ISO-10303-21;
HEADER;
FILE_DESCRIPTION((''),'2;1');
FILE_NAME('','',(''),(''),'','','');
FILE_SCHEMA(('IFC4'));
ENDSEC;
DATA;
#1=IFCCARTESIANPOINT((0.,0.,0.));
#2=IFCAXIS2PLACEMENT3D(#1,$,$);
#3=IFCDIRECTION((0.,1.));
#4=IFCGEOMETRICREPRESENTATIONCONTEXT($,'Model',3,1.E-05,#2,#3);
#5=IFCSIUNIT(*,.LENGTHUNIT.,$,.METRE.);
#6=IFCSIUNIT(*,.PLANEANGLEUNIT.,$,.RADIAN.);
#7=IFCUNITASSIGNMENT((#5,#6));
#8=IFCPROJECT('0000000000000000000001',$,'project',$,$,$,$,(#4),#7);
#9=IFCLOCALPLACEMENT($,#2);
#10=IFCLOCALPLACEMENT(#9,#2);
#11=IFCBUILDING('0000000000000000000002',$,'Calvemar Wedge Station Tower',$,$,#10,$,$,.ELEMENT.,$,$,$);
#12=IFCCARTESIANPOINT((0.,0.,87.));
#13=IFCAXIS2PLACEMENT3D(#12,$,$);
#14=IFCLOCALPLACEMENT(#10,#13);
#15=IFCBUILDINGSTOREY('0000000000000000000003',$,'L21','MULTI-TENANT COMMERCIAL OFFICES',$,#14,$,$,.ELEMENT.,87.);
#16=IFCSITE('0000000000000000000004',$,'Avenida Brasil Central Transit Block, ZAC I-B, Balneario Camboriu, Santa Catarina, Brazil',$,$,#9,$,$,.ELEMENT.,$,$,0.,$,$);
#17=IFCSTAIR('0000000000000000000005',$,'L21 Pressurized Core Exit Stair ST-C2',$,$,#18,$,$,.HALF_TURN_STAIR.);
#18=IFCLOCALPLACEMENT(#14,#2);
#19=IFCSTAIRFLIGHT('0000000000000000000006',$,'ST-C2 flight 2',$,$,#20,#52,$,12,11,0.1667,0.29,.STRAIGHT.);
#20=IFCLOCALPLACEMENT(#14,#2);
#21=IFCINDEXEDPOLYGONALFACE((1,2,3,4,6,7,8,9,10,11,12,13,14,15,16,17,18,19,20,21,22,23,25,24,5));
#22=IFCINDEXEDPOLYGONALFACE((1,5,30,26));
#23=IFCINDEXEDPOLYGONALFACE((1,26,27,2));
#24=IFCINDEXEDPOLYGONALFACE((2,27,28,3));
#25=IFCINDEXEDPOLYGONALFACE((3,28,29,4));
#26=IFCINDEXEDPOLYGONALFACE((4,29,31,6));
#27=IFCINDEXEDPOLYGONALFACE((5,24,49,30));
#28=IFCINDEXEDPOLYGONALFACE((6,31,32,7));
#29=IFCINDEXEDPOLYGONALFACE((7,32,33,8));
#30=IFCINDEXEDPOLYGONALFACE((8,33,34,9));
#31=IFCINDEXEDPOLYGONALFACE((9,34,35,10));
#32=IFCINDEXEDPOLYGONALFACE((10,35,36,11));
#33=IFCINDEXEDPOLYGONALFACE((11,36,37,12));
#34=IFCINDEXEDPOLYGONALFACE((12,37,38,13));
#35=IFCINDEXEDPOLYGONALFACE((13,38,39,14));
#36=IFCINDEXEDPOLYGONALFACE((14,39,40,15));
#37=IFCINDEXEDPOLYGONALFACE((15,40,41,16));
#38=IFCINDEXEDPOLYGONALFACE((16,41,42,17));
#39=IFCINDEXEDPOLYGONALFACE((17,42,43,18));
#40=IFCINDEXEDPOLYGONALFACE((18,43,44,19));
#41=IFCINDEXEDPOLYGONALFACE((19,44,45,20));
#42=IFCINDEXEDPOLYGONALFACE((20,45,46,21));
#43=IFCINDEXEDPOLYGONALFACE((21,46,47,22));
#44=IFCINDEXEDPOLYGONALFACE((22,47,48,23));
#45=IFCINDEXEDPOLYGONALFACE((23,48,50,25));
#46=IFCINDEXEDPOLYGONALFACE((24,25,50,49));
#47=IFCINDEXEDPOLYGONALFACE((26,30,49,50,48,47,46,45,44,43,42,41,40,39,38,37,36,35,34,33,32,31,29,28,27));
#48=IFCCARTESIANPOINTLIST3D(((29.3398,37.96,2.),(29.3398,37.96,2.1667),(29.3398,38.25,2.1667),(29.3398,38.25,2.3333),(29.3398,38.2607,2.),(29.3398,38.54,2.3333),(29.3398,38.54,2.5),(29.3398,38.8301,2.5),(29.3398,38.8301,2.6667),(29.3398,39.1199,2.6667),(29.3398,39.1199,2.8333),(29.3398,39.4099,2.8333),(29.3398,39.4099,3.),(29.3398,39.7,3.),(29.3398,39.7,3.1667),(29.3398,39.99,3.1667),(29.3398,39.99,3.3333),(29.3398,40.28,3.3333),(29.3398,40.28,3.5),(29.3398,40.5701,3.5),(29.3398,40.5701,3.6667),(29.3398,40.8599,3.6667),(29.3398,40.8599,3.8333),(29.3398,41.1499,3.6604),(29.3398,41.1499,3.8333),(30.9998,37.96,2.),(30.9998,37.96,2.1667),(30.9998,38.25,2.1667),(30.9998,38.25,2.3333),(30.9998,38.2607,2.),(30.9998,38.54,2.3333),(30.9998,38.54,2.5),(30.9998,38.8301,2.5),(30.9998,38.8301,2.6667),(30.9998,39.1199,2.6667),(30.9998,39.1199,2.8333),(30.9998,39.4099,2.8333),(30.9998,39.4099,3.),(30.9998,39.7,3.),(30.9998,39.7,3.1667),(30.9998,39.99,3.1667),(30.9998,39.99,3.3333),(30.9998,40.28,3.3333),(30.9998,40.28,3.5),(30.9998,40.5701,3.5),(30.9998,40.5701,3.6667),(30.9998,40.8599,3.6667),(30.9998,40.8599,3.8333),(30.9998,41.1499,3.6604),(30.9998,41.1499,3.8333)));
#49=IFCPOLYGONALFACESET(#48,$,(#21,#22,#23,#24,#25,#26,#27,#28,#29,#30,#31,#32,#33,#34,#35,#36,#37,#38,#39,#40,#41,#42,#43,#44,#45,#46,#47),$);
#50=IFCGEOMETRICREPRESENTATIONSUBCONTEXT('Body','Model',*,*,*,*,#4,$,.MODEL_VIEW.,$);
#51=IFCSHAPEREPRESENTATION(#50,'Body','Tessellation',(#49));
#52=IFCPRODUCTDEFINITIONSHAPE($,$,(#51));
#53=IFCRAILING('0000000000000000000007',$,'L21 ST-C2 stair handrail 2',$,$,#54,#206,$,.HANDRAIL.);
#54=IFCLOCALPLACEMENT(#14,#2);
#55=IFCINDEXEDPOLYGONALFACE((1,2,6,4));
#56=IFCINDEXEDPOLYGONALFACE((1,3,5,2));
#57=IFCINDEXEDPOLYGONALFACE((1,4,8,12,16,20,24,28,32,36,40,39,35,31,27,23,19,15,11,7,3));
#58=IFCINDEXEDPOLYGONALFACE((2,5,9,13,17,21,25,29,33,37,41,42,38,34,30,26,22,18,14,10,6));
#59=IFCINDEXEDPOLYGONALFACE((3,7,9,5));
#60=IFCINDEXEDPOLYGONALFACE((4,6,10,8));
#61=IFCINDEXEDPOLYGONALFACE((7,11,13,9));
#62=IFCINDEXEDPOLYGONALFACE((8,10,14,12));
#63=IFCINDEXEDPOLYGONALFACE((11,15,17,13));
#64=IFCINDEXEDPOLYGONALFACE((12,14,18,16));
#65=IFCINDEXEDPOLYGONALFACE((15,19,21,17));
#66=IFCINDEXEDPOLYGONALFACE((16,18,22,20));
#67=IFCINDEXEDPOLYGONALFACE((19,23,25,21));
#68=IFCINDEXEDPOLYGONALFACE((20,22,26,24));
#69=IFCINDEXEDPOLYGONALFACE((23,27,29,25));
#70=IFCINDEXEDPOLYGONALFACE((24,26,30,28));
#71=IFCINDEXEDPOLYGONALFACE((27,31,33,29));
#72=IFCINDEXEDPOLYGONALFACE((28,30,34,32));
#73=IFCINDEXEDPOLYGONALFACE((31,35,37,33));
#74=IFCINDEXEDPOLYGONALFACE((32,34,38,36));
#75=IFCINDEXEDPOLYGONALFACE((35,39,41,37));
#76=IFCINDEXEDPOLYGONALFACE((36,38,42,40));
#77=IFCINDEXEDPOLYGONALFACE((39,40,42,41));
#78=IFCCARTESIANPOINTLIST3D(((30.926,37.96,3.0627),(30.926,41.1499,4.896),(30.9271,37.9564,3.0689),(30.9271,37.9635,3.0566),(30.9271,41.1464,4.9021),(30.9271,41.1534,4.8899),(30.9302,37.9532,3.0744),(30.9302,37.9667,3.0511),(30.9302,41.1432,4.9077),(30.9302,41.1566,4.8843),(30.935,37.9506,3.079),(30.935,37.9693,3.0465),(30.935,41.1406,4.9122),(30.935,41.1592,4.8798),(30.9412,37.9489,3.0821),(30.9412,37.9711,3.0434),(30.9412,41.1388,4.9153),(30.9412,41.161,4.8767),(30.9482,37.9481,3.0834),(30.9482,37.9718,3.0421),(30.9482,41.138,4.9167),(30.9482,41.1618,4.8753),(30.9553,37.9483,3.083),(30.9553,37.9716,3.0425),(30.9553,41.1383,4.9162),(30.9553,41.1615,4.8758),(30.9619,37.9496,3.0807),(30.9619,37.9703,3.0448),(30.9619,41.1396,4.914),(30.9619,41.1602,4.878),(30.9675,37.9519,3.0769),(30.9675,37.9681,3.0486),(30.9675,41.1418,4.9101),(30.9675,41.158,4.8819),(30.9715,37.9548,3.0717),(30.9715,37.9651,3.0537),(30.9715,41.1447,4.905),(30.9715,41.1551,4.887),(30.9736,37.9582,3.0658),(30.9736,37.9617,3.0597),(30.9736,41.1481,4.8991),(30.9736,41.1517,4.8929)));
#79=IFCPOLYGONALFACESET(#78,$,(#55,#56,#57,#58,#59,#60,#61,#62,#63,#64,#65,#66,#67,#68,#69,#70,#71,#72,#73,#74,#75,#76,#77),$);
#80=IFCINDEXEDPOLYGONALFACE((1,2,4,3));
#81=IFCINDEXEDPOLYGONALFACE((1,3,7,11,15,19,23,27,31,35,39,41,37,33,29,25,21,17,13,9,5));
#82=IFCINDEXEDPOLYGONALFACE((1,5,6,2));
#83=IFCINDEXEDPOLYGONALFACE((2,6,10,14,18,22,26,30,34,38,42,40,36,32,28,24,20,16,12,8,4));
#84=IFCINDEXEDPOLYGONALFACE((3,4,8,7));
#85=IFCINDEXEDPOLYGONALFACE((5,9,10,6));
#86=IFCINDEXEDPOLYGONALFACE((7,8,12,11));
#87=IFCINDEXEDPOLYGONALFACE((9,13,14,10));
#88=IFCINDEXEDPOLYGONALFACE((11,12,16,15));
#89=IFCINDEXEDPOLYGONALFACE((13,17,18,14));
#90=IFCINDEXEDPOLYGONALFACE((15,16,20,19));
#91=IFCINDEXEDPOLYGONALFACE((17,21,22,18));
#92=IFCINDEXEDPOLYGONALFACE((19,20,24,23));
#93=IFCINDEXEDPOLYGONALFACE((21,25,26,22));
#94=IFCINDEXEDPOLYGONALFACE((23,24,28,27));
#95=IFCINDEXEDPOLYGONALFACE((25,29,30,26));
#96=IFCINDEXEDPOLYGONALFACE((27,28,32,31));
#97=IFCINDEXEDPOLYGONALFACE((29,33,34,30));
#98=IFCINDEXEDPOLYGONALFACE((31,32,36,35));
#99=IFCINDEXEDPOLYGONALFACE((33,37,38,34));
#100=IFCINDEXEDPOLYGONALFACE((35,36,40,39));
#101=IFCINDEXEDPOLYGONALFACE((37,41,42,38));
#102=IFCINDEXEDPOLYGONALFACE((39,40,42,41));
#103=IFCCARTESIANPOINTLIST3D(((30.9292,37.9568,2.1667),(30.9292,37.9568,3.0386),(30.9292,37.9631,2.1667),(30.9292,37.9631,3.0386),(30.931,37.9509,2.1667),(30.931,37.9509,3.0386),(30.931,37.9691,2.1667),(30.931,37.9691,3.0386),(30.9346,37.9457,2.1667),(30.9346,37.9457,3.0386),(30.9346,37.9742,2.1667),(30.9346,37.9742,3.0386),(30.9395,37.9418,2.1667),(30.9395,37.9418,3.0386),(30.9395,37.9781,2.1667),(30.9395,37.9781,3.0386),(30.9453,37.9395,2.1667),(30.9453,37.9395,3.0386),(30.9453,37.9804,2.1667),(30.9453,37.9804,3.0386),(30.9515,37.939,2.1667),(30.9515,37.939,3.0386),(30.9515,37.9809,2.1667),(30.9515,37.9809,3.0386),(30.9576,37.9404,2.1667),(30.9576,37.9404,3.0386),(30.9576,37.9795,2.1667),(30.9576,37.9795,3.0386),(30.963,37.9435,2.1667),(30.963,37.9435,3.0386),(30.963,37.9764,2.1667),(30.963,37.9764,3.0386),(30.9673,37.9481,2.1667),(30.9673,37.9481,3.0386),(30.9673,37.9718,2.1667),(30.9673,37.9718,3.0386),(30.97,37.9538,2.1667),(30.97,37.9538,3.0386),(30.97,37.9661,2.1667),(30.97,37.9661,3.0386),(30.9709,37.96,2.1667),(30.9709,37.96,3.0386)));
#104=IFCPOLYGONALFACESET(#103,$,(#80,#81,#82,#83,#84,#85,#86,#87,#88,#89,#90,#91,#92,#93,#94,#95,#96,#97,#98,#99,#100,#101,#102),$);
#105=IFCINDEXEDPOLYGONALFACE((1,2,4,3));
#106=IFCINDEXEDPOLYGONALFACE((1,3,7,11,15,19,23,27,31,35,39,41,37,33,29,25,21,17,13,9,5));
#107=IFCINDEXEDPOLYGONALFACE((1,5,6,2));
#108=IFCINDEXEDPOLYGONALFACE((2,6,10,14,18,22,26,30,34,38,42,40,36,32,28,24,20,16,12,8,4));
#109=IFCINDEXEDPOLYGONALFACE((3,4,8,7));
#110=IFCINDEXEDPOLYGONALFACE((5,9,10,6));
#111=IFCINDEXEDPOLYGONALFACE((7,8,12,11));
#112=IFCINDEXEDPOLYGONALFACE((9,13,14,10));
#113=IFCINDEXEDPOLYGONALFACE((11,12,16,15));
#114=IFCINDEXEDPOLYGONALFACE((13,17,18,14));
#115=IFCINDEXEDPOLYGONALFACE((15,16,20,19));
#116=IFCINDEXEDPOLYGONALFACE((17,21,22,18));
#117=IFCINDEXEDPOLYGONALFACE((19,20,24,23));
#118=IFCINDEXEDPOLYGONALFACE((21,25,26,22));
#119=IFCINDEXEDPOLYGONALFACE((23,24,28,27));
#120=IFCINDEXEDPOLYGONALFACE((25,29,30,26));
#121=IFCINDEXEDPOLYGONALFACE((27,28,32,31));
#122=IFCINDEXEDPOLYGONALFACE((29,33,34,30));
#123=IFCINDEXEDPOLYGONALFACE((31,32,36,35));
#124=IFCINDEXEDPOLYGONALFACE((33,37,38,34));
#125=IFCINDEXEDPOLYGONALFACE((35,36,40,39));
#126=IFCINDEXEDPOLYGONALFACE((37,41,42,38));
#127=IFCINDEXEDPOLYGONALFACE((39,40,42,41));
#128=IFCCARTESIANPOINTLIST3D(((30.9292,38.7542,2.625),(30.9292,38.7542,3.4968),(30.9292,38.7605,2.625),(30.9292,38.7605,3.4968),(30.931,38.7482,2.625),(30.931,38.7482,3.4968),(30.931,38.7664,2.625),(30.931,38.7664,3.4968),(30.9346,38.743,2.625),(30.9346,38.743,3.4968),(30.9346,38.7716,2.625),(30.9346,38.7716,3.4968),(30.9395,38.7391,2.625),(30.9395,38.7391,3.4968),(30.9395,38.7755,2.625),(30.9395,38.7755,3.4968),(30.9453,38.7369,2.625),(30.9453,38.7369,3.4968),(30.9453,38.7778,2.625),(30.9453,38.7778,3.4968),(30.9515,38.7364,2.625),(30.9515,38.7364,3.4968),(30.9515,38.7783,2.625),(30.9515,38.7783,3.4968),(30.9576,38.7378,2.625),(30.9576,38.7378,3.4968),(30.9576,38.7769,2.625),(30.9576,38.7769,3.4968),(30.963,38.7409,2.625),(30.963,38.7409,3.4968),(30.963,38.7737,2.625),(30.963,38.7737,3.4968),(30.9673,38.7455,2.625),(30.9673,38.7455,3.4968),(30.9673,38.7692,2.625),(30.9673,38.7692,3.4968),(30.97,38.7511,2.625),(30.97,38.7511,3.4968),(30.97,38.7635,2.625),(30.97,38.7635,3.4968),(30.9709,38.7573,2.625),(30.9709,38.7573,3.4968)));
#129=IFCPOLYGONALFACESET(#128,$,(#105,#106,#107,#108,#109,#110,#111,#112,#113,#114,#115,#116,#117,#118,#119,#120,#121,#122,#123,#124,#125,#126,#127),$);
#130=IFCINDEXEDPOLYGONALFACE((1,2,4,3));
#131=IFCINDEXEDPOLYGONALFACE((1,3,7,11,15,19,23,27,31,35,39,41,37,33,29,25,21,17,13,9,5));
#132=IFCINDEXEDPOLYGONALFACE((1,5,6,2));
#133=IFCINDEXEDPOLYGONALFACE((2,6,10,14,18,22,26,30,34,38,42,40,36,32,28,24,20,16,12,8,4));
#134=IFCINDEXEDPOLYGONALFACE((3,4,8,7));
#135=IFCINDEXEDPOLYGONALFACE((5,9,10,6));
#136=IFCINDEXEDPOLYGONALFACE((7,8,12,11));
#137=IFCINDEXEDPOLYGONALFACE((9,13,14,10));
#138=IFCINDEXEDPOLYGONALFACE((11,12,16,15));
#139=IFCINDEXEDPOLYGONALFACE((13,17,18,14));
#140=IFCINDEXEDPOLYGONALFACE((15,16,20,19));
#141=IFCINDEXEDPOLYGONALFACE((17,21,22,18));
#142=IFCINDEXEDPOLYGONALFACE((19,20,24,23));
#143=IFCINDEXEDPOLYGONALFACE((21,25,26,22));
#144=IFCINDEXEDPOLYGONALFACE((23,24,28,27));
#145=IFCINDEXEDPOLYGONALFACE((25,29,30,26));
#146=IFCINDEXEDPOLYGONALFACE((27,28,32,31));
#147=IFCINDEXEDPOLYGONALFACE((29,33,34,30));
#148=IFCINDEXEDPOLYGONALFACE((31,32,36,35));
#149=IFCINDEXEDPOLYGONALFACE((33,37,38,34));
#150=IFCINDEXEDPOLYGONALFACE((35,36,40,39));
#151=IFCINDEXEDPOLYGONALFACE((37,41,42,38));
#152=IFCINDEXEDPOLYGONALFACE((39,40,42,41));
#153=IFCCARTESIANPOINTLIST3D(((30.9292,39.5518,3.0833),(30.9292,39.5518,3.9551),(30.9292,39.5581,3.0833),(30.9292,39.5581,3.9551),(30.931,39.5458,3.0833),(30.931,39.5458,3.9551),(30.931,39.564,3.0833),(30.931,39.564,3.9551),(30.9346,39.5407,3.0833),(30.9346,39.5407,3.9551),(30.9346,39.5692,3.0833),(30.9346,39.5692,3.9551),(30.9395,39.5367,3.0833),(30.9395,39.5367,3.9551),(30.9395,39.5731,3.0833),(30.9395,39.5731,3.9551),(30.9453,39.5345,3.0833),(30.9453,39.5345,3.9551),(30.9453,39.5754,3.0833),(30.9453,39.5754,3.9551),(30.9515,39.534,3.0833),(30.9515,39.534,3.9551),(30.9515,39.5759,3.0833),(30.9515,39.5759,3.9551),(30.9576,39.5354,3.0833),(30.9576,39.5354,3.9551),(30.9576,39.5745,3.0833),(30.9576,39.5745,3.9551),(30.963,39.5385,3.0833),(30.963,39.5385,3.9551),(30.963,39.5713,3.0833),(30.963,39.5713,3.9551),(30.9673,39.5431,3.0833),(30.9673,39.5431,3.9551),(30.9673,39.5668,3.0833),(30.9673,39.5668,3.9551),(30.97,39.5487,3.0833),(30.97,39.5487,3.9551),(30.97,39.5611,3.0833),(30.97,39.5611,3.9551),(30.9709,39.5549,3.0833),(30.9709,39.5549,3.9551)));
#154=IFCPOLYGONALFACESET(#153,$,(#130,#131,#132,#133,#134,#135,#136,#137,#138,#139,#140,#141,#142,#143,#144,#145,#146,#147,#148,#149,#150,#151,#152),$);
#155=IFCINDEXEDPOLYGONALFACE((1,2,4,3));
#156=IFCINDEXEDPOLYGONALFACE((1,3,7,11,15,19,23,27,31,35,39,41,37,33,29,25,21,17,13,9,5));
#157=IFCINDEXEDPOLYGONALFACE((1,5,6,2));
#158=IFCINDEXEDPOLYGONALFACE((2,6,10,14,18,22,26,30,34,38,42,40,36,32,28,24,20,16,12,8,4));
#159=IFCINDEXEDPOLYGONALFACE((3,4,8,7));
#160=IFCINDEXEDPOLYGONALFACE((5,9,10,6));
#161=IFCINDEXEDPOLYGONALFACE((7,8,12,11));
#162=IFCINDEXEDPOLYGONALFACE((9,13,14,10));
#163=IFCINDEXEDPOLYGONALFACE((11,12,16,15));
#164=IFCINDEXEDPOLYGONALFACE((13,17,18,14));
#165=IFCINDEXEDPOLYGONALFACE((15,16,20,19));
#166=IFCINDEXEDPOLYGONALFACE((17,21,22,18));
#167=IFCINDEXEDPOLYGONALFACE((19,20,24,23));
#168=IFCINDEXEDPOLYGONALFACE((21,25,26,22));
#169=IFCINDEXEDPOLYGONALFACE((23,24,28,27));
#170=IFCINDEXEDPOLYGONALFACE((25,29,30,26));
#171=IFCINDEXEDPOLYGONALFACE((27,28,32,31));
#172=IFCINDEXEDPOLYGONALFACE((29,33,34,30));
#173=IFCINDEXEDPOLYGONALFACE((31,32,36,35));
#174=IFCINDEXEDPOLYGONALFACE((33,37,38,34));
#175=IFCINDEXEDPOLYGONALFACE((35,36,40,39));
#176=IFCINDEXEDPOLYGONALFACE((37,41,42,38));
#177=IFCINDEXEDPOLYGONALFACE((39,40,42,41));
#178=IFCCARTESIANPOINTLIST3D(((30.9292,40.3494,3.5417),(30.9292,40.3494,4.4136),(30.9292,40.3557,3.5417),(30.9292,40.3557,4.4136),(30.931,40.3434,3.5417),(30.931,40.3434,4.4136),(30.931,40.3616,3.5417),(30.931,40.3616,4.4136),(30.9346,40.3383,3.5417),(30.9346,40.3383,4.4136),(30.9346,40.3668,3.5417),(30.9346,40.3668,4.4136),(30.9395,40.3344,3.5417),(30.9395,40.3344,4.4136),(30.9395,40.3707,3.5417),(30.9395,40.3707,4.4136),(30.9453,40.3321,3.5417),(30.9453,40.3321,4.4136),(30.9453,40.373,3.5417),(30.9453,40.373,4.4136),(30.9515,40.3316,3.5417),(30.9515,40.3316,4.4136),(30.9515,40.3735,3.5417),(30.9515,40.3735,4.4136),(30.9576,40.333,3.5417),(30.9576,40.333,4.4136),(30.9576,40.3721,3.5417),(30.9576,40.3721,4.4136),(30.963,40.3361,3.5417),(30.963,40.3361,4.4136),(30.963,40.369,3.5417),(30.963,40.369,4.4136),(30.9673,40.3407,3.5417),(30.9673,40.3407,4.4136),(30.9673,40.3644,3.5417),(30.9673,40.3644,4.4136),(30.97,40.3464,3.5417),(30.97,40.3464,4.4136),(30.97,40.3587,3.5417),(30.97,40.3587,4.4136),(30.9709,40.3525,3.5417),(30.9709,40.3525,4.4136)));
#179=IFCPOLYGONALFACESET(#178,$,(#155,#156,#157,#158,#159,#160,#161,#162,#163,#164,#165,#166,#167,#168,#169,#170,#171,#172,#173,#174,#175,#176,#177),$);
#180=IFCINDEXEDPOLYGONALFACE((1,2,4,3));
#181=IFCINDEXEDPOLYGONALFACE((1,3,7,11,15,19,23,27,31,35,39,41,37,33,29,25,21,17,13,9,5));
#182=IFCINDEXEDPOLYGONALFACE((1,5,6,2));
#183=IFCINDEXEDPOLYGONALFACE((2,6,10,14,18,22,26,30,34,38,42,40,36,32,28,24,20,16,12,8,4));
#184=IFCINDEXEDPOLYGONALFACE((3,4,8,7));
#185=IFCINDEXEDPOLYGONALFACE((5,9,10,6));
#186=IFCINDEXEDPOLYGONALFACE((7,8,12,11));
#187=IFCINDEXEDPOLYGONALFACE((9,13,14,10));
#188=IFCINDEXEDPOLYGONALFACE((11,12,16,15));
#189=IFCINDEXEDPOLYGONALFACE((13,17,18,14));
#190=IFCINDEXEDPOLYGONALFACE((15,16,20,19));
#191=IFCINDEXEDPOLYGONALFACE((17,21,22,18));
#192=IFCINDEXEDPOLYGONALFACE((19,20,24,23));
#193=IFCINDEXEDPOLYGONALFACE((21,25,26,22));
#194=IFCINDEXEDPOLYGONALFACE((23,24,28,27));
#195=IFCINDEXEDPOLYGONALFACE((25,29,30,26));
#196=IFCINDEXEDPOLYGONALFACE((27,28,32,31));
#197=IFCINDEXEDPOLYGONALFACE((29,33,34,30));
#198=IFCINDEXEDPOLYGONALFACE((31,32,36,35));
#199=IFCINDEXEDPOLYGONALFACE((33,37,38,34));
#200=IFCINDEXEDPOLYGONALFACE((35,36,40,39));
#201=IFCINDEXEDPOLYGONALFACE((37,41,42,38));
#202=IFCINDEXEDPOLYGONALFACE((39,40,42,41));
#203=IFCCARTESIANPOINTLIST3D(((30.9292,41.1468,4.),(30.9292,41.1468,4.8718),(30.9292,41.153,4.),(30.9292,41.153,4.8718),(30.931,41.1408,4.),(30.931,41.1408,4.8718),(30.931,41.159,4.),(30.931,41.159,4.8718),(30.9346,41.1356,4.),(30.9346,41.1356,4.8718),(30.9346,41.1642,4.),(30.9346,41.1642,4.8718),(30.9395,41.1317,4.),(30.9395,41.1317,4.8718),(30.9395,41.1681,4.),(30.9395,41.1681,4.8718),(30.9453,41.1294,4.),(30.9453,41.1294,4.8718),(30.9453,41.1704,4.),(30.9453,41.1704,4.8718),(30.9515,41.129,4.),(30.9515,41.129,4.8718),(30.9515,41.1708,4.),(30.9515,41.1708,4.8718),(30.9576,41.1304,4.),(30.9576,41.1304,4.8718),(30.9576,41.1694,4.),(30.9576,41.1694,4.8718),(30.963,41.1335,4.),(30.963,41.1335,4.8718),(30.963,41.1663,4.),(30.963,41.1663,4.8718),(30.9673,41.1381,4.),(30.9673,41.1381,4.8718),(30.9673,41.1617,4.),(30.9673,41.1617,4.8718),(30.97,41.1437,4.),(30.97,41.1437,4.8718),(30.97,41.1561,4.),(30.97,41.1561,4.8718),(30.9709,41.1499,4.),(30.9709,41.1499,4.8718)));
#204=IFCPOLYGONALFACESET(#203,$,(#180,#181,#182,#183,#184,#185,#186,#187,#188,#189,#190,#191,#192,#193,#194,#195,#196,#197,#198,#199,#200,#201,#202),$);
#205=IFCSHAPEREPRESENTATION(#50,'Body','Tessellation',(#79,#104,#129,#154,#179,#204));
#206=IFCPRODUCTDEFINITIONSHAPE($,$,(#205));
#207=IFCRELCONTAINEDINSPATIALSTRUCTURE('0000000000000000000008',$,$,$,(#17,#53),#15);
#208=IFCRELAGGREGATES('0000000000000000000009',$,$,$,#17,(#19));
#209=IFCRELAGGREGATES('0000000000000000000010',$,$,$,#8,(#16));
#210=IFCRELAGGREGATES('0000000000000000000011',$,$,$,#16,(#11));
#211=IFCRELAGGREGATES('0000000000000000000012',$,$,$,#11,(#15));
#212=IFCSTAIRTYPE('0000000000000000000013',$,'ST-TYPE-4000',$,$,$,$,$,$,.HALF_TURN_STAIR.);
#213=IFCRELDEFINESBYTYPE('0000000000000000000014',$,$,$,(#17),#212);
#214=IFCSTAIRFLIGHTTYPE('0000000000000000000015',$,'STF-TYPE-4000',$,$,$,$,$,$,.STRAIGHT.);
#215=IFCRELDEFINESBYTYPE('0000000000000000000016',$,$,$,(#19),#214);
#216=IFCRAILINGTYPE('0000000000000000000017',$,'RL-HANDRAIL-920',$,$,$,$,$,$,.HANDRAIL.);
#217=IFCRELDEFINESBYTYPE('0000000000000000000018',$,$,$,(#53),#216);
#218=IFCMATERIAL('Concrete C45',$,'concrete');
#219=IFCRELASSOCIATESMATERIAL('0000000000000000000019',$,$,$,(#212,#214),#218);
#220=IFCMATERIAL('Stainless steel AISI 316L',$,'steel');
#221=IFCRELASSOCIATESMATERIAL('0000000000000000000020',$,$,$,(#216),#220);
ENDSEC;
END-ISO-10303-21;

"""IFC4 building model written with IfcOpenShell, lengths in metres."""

from ifc_helpers import new_model, si_unit, direction, frame, origin, origin_2d, place, context, subcontext, project, spatial, polyline, circle, outline, extrude, material, type_object, element, aggregate, save


model = new_model("IFC4")

# Units and contexts
model_context = context("Model", 3, precision=1e-05, world=origin(), true_north=direction((0.0, 1.0)))
body_context = subcontext(model_context, "Body", "Model", "MODEL_VIEW")
ifc_project = project(units=[si_unit("LENGTHUNIT", "METRE"), si_unit("PLANEANGLEUNIT", "RADIAN")], contexts=[model_context])

# Site, building, storey
site_placement = place(None, origin())
site = spatial("IfcSite", under=ifc_project, at=site_placement, Name="Avenida Brasil Central Transit Block, ZAC I-B, Balneario Camboriu, Santa Catarina, Brazil", CompositionType="ELEMENT", RefElevation=0.0)
building_placement = place(site_placement, origin())
building = spatial("IfcBuilding", under=site, at=building_placement, Name="Calvemar Wedge Station Tower", CompositionType="ELEMENT")
storey_placement = place(building_placement, frame((0.0, 0.0, 87.0)))
storey = spatial("IfcBuildingStorey", under=building, at=storey_placement, Name="L21", Description="MULTI-TENANT COMMERCIAL OFFICES", CompositionType="ELEMENT", Elevation=87.0)

# Stair, stair flight
ifc_material_1 = material(Name="Concrete C45", Category="concrete")
stair_type = type_object("IfcStairType", Name="ST-TYPE-4000", PredefinedType="HALF_TURN_STAIR", material=ifc_material_1)
stair_placement = place(storey_placement, origin())
stair = element("IfcStair", 1, at=stair_placement, inside=storey, type_object=stair_type, Name="L21 Pressurized Core Exit Stair ST-C2", PredefinedType="HALF_TURN_STAIR")
stair_flight_type = type_object("IfcStairFlightType", Name="STF-TYPE-4000", PredefinedType="STRAIGHT", material=ifc_material_1)
stair_flight_1_placement = place(storey_placement, frame((30.1699, 37.96, 2.0), z_axis=(0.0, 0.0, 1.0), x_axis=(0.0, 1.0, 0.0)))
stair_flight_1 = element("IfcStairFlight", 2, at=stair_flight_1_placement, type_object=stair_flight_type, Name="ST-C2 flight 2", NumberOfRisers=12, NumberOfTreads=11, PredefinedType="STRAIGHT", RiserHeight=0.1667, TreadLength=0.29, context=body_context, shape_type="SweptSolid", body=[
    extrude(outline(polyline([(0.0, 0.0), (0.0, 0.1667), (0.29, 0.1667), (0.29, 0.3333), (0.5801, 0.3333), (0.5801, 0.5), (0.8701, 0.5), (0.8701, 0.6667), (1.1599, 0.6667), (1.1599, 0.8333), (1.45, 0.8333), (1.45, 1.0), (1.74, 1.0), (1.74, 1.1667), (2.03, 1.1667), (2.03, 1.3333), (2.3201, 1.3333), (2.3201, 1.5), (2.6101, 1.5), (2.6101, 1.6667), (2.8999, 1.6667), (2.8999, 1.8333), (3.1899, 1.8333), (3.1899, 2.0), (3.1899, 1.6604), (0.3008, 0.0), (0.0, 0.0)])), frame((0.0, 0.8301, 0.0), z_axis=(0.0, -1.0, 0.0), x_axis=(1.0, 0.0, 0.0)), (0.0, 0.0, 1.0), 1.6599),
])
aggregate(stair, [stair_flight_1])

# Railing
ifc_material_2 = material(Name="Stainless steel AISI 316L", Category="steel")
railing_type_1 = type_object("IfcRailingType", Name="RL-HANDRAIL-920", PredefinedType="HANDRAIL", material=ifc_material_2)
railing_1_placement = place(storey_placement, frame((30.95, 37.96, 2.1667)))
element("IfcRailing", 3, at=railing_1_placement, inside=storey, type_object=railing_type_1, Name="L21 ST-C2 stair handrail 2", PredefinedType="HANDRAIL", context=body_context, shape_type="SweptSolid", body=[
    extrude(circle(Radius=0.0239, at=origin_2d()), frame((0.0, 0.0, 0.896), z_axis=(0.0, 0.86702, 0.498274), x_axis=(-1.0, 0.0, 0.0)), (0.0, 0.0, 1.0), 3.6792),
    extrude(circle(Radius=0.021, at=origin_2d()), origin(), (0.0, 0.0, 1.0), 0.8718),
    extrude(circle(Radius=0.021, at=origin_2d()), frame((0.0, 0.7974, 0.4583)), (0.0, 0.0, 1.0), 0.8718),
    extrude(circle(Radius=0.021, at=origin_2d()), frame((0.0, 1.595, 0.9165)), (0.0, 0.0, 1.0), 0.8718),
    extrude(circle(Radius=0.021, at=origin_2d()), frame((0.0, 2.3926, 1.375)), (0.0, 0.0, 1.0), 0.8718),
    extrude(circle(Radius=0.021, at=origin_2d()), frame((0.0, 3.1899, 1.8333)), (0.0, 0.0, 1.0), 0.8718),
])

save(model, "model.ifc")
